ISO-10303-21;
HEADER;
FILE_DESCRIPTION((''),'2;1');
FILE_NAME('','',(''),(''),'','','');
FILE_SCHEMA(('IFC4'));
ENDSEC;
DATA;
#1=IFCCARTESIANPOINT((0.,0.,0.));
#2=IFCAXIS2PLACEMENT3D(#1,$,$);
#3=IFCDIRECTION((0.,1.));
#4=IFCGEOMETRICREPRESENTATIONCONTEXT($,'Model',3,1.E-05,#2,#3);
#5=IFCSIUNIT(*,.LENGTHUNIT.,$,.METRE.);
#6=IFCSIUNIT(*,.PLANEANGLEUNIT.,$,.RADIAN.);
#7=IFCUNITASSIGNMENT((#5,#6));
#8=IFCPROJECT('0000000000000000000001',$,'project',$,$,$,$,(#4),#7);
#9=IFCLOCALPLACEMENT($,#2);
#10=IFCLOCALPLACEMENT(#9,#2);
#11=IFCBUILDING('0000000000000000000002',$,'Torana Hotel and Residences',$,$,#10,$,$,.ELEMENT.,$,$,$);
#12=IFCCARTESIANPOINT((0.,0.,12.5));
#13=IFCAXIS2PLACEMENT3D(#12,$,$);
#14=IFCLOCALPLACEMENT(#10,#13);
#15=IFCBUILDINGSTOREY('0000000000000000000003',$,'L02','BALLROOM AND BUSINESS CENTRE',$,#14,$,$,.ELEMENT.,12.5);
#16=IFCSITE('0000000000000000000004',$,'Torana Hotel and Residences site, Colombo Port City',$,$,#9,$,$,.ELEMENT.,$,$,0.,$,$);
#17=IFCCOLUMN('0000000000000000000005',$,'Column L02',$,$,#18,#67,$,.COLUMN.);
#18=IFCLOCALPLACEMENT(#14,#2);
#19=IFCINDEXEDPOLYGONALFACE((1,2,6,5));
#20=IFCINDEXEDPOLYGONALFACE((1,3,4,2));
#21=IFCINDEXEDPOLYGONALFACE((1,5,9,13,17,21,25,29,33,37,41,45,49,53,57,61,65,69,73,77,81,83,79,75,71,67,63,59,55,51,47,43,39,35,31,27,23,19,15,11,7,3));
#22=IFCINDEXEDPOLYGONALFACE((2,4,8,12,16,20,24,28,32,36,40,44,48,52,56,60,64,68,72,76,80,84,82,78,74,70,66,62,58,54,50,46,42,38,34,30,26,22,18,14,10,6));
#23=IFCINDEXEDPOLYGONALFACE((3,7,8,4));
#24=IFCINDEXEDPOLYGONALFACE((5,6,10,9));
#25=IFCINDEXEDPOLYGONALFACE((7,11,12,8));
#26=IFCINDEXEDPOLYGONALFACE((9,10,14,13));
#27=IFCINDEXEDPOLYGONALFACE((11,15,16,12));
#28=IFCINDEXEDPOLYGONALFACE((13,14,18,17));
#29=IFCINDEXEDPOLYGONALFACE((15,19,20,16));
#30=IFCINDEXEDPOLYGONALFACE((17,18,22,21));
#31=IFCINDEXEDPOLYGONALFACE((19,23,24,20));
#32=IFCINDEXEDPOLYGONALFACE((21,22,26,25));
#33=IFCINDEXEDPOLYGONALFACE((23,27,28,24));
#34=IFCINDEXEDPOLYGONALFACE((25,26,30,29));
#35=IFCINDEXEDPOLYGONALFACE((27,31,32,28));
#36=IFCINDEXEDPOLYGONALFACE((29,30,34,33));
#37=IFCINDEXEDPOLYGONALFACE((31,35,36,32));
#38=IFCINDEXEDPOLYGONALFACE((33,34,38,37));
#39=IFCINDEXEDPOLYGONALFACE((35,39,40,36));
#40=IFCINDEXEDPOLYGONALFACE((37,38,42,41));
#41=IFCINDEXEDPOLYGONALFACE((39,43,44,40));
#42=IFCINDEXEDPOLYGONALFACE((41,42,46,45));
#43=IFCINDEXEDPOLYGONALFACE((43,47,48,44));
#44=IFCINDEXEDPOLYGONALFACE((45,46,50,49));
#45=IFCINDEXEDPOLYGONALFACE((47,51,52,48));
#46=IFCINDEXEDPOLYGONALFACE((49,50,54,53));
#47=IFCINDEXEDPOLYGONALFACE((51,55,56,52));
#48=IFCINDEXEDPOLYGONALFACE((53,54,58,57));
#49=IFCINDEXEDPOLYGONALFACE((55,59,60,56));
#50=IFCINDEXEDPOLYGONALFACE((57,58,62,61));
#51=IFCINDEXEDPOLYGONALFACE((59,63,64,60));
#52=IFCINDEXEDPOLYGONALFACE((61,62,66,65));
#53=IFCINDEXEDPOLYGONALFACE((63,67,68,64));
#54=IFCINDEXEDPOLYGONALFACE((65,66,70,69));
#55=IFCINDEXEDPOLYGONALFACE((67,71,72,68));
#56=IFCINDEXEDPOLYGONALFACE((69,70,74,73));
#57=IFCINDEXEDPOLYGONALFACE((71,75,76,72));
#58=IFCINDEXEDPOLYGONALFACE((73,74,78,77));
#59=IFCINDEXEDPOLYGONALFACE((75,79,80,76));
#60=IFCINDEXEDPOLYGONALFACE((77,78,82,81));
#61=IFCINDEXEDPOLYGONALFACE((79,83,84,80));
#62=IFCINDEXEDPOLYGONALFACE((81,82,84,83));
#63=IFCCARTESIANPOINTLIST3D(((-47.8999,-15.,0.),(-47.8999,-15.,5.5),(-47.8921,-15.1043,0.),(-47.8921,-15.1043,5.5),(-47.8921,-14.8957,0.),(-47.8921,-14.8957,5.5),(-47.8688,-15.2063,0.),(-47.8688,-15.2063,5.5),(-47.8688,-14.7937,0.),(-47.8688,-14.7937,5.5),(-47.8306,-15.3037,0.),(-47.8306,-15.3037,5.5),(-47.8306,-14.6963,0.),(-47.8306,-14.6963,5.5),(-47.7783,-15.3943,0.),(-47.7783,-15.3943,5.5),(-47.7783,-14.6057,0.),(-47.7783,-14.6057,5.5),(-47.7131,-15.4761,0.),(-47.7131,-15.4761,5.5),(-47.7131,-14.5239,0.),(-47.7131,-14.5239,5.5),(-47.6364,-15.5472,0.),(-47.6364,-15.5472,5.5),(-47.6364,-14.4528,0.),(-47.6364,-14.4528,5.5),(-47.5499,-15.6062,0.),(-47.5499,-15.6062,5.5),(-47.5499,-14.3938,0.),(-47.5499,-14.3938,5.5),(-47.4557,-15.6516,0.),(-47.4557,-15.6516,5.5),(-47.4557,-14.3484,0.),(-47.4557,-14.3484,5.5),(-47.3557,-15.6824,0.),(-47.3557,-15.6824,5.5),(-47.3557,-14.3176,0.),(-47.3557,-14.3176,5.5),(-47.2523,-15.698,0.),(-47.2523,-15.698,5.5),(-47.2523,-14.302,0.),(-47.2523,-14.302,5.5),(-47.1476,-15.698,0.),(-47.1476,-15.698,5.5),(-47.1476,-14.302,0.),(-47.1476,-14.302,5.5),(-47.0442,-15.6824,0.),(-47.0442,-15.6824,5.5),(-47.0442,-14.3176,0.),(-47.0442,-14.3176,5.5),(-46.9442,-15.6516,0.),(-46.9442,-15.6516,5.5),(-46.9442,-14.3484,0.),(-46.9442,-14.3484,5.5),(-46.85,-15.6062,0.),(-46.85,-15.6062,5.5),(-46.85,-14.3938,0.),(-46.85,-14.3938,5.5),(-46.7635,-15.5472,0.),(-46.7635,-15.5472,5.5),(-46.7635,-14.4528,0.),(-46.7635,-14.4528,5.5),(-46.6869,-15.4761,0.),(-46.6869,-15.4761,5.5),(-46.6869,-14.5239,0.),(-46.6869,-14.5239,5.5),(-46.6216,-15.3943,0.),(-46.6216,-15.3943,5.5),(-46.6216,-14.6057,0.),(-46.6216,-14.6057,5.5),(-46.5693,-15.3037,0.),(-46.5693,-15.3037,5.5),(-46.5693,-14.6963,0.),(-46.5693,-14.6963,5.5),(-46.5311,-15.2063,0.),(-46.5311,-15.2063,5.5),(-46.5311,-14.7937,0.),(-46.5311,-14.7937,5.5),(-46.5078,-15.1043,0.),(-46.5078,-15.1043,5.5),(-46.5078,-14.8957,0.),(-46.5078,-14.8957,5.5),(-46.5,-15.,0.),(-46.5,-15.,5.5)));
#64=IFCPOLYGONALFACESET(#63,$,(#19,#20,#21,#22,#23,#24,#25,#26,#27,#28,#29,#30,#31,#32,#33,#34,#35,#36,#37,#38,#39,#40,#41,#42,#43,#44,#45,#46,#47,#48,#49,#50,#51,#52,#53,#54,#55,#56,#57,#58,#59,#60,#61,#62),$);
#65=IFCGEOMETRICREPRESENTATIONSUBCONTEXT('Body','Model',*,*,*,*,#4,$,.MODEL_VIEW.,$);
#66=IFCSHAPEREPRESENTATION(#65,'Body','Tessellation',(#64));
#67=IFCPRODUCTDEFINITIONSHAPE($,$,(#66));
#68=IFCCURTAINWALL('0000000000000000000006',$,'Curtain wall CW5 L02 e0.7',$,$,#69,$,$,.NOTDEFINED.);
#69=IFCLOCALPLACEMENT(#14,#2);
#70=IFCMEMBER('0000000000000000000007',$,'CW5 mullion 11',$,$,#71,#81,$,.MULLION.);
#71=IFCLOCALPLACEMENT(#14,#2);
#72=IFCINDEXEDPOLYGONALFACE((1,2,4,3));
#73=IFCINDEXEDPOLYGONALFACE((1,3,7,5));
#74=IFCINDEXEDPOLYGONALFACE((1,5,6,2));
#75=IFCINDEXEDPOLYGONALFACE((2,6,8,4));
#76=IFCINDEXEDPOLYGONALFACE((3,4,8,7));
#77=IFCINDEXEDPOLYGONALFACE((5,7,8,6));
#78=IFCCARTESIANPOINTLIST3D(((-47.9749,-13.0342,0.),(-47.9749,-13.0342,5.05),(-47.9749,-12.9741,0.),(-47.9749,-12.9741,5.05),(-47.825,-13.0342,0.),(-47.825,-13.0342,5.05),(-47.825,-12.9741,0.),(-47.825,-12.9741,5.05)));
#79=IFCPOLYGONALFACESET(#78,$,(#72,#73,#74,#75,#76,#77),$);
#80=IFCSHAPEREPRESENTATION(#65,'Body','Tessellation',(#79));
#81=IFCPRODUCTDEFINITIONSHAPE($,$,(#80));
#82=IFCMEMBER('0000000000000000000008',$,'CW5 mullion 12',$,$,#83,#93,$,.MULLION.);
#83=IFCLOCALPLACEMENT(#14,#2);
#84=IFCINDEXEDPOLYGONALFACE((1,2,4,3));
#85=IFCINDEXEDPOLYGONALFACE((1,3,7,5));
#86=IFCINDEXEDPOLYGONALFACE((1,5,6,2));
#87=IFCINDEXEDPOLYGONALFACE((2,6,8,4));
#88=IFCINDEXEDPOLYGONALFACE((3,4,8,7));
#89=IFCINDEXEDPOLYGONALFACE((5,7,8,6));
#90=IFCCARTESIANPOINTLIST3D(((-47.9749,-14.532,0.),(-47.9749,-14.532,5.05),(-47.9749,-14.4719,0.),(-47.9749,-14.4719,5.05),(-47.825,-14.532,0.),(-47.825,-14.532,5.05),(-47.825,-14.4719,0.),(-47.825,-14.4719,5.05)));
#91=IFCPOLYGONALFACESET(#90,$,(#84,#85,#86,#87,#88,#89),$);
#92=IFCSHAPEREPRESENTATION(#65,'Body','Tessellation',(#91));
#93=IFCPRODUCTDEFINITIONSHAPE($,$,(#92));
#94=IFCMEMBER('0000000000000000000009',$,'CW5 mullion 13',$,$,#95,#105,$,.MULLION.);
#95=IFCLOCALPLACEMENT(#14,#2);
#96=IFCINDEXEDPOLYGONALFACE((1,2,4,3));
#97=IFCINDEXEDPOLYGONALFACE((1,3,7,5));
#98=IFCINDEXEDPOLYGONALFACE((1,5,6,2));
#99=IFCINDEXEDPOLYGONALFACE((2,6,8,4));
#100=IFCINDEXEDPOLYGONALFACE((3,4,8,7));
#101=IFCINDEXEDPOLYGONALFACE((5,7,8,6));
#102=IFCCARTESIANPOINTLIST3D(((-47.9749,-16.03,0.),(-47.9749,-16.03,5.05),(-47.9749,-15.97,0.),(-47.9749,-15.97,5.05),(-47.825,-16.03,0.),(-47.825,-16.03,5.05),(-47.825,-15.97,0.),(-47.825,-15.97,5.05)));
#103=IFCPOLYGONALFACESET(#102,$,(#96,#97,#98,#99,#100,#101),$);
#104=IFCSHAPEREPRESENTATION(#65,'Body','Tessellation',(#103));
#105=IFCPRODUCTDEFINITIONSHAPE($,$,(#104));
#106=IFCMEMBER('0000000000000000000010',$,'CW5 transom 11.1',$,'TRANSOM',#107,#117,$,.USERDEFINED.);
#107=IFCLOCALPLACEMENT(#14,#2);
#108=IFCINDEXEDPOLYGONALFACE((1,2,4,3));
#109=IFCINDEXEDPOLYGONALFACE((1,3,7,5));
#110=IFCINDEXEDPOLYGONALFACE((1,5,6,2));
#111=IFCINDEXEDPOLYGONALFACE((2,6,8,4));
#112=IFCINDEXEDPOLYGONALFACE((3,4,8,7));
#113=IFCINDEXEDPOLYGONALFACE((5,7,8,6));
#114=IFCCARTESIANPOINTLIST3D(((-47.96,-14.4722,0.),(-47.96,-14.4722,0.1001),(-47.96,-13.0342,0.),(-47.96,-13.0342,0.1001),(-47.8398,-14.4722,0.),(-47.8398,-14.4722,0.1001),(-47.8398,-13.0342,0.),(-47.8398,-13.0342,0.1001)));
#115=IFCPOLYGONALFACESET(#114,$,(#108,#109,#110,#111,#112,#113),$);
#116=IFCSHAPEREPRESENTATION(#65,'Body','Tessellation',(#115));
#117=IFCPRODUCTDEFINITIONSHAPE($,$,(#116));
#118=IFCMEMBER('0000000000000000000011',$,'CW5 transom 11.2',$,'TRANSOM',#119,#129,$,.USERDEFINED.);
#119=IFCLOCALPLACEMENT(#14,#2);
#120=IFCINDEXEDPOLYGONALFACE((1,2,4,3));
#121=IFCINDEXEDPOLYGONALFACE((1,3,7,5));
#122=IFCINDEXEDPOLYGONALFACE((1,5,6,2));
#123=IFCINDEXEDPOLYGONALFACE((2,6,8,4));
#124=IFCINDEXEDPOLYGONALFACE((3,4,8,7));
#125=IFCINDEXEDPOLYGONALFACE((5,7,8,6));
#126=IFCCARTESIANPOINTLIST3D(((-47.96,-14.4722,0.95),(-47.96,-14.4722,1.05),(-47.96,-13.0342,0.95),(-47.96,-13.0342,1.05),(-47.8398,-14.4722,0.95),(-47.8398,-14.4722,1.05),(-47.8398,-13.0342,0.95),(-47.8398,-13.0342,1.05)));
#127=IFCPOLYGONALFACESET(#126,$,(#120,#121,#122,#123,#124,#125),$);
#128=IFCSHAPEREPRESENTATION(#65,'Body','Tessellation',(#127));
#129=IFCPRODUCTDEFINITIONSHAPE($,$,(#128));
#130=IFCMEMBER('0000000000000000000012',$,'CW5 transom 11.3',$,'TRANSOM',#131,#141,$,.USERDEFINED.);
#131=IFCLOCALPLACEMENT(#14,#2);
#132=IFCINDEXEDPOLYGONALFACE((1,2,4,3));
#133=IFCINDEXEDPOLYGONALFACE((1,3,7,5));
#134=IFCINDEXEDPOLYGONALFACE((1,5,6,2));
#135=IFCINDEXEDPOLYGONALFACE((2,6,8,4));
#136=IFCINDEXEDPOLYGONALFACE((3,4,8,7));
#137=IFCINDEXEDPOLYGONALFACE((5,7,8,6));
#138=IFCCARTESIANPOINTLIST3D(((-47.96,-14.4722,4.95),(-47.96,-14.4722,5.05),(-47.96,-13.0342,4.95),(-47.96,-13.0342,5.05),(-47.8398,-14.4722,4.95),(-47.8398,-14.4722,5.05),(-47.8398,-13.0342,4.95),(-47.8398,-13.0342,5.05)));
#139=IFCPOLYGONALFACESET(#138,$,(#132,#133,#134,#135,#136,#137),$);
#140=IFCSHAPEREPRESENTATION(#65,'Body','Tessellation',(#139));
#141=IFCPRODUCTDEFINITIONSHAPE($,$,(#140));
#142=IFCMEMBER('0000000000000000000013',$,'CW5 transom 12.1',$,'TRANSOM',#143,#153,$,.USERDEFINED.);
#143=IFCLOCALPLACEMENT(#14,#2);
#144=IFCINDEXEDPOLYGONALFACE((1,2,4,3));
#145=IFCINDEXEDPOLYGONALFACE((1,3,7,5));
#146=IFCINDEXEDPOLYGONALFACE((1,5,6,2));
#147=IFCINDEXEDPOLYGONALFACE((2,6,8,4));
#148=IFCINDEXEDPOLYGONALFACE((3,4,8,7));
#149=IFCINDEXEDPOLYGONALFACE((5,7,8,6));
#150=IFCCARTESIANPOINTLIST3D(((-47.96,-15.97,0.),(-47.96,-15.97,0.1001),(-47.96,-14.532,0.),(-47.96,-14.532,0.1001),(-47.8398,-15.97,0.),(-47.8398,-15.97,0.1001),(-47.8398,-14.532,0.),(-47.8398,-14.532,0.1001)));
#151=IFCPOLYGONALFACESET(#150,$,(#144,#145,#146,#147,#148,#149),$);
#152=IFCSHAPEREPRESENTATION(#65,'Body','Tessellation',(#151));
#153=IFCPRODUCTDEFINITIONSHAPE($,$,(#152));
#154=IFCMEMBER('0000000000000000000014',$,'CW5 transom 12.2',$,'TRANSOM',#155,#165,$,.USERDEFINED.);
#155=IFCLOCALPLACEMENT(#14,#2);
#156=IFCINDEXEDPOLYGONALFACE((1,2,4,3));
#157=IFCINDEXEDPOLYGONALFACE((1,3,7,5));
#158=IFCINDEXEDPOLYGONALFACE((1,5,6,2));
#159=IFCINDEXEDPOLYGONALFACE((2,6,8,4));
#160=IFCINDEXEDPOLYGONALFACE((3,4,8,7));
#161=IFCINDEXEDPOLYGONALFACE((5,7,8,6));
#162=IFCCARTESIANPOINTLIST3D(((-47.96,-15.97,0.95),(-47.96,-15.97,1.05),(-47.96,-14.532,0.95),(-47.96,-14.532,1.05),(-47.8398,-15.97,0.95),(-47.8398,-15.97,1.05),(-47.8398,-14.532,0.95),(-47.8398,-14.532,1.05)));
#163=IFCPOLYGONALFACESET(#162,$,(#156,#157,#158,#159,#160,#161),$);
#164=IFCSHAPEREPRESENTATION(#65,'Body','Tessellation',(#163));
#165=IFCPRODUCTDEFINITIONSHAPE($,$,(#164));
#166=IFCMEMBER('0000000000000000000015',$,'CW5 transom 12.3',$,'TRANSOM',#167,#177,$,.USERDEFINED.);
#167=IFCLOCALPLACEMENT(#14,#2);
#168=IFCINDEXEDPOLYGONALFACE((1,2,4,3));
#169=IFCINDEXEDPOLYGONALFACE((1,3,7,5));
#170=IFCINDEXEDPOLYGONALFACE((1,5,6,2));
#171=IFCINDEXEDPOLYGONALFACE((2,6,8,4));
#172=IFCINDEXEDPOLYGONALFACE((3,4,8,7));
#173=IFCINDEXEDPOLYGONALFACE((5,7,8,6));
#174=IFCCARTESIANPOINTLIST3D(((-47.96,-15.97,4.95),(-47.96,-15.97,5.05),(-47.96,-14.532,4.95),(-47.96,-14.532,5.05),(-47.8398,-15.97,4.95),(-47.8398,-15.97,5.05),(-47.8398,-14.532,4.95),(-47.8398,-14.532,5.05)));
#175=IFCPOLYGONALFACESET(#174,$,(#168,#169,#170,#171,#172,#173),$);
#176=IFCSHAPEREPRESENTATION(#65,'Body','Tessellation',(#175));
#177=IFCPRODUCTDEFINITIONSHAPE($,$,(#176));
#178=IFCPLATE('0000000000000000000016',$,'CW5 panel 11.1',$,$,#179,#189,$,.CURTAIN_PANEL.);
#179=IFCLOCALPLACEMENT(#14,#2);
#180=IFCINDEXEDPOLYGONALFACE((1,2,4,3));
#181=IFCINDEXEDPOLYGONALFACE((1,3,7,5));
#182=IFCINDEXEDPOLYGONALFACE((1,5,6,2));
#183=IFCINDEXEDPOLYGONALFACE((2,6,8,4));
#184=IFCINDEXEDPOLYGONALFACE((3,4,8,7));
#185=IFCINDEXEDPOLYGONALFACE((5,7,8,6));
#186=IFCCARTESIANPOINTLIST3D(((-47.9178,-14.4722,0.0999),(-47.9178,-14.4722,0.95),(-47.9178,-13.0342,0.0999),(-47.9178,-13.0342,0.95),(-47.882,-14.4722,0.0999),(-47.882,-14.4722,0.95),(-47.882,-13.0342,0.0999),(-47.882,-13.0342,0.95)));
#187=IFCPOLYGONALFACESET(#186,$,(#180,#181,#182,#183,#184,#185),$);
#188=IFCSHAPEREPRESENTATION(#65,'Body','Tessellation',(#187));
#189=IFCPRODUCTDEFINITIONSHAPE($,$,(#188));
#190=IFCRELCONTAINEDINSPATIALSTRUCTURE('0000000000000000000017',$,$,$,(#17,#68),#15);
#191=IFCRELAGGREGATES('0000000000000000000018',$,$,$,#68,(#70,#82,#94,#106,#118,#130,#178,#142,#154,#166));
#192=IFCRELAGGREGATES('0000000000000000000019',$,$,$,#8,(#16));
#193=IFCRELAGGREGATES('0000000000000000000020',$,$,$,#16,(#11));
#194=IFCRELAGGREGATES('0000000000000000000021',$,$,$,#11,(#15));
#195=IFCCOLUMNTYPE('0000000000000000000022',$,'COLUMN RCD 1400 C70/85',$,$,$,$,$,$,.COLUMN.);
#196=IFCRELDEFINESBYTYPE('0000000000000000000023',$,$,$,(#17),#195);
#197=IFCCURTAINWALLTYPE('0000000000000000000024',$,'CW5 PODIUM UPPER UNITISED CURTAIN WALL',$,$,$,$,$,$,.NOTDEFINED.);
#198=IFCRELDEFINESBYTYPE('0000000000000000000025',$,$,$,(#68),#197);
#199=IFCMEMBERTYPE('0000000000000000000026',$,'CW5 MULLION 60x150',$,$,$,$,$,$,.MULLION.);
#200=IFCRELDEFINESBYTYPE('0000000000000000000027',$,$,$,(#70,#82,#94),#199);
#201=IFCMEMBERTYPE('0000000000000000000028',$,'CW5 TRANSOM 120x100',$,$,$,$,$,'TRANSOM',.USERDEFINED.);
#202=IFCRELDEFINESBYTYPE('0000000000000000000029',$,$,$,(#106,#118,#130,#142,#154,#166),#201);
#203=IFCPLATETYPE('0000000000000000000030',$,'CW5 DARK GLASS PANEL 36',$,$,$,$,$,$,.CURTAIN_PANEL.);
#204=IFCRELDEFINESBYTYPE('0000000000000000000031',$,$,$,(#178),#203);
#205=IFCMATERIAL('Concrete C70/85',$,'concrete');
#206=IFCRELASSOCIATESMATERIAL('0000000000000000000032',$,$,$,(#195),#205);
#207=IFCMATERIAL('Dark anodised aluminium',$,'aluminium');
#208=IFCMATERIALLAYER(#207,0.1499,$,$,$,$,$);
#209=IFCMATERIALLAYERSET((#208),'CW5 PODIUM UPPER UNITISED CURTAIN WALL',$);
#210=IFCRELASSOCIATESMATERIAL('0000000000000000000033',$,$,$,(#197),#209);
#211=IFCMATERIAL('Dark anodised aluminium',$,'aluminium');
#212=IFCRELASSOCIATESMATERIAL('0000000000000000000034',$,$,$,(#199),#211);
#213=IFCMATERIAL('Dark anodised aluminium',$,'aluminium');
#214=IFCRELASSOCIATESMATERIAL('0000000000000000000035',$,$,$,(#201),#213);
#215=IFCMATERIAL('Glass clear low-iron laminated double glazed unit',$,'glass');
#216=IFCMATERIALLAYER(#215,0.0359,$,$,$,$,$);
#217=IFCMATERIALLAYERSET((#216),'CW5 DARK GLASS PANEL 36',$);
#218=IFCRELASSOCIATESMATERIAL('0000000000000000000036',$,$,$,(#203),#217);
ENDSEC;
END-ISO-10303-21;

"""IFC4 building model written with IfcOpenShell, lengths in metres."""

from ifc_helpers import new_model, si_unit, direction, frame, origin, origin_2d, place, context, subcontext, project, spatial, rectangle, circle, extrude, material, layer, layer_set, material_profile, profile_set, type_object, element, aggregate, save


model = new_model("IFC4")

# Units and contexts
model_context = context("Model", 3, precision=1e-05, world=origin(), true_north=direction((0.0, 1.0)))
body_context = subcontext(model_context, "Body", "Model", "MODEL_VIEW")
ifc_project = project(units=[si_unit("LENGTHUNIT", "METRE"), si_unit("PLANEANGLEUNIT", "RADIAN")], contexts=[model_context])

# Site, building, storey
site_placement = place(None, origin())
site = spatial("IfcSite", under=ifc_project, at=site_placement, Name="Torana Hotel and Residences site, Colombo Port City", CompositionType="ELEMENT", RefElevation=0.0)
building_placement = place(site_placement, origin())
building = spatial("IfcBuilding", under=site, at=building_placement, Name="Torana Hotel and Residences", CompositionType="ELEMENT")
storey_placement = place(building_placement, frame((0.0, 0.0, 12.5)))
storey = spatial("IfcBuildingStorey", under=building, at=storey_placement, Name="L02", Description="BALLROOM AND BUSINESS CENTRE", CompositionType="ELEMENT", Elevation=12.5)

# Column
ifc_material_1 = material(Name="Concrete C70/85", Category="concrete")
ifc_material_profile_1 = material_profile(ifc_material_1, circle(Radius=0.7, at=origin_2d()), Name="RCD 1400")
ifc_profile_set_1 = profile_set([ifc_material_profile_1], Name="Concrete C70/85")
column_type = type_object("IfcColumnType", Name="COLUMN RCD 1400 C70/85", PredefinedType="COLUMN", material=ifc_profile_set_1)
column_placement = place(storey_placement, frame((-47.2, -15.0, 0.0), z_axis=(0.0, 0.0, 1.0), x_axis=(1.0, 0.0, 0.0)))
element("IfcColumn", 1, at=column_placement, inside=storey, type_object=column_type, Name="Column L02", PredefinedType="COLUMN", context=body_context, shape_type="SweptSolid", body=[
    extrude(circle(Radius=0.7, at=origin_2d()), origin(), (0.0, 0.0, 1.0), 5.5),
])

# Curtain wall, members, plate
ifc_material_2 = material(Name="Dark anodised aluminium", Category="aluminium")
ifc_layer_1 = layer(ifc_material_2, 0.1499)
ifc_layer_set_1 = layer_set([ifc_layer_1], Name="CW5 PODIUM UPPER UNITISED CURTAIN WALL")
curtain_wall_type = type_object("IfcCurtainWallType", Name="CW5 PODIUM UPPER UNITISED CURTAIN WALL", PredefinedType="NOTDEFINED", material=ifc_layer_set_1)
curtain_wall_placement = place(storey_placement, origin())
curtain_wall = element("IfcCurtainWall", 2, at=curtain_wall_placement, inside=storey, type_object=curtain_wall_type, Name="Curtain wall CW5 L02 e0.7", PredefinedType="NOTDEFINED")
ifc_material_3 = material(Name="Dark anodised aluminium", Category="aluminium")
ifc_material_profile_2 = material_profile(ifc_material_3, rectangle(XDim=0.1499, YDim=0.0601, at=origin_2d()), Name="CW5 MULLION 60x150")
ifc_profile_set_2 = profile_set([ifc_material_profile_2], Name="Dark anodised aluminium")
member_type_1 = type_object("IfcMemberType", Name="CW5 MULLION 60x150", PredefinedType="MULLION", material=ifc_profile_set_2)
member_1_placement = place(storey_placement, frame((-47.8999, -13.0042, 0.0), z_axis=(0.0, 0.0, 1.0), x_axis=(1.0, 0.0, 0.0)))
member_1 = element("IfcMember", 3, at=member_1_placement, type_object=member_type_1, Name="CW5 mullion 11", PredefinedType="MULLION", context=body_context, shape_type="SweptSolid", body=[
    extrude(rectangle(XDim=0.1499, YDim=0.0601, at=origin_2d()), origin(), (0.0, 0.0, 1.0), 5.05),
])
member_2_placement = place(storey_placement, frame((-47.8999, -14.502, 0.0), z_axis=(0.0, 0.0, 1.0), x_axis=(1.0, 0.0, 0.0)))
member_2 = element("IfcMember", 4, at=member_2_placement, type_object=member_type_1, Name="CW5 mullion 12", PredefinedType="MULLION", context=body_context, shape_type="SweptSolid", body=[
    extrude(rectangle(XDim=0.1499, YDim=0.0601, at=origin_2d()), origin(), (0.0, 0.0, 1.0), 5.05),
])
member_3_placement = place(storey_placement, frame((-47.8999, -16.0, 0.0), z_axis=(0.0, 0.0, 1.0), x_axis=(1.0, 0.0, 0.0)))
member_3 = element("IfcMember", 5, at=member_3_placement, type_object=member_type_1, Name="CW5 mullion 13", PredefinedType="MULLION", context=body_context, shape_type="SweptSolid", body=[
    extrude(rectangle(XDim=0.1499, YDim=0.0601, at=origin_2d()), origin(), (0.0, 0.0, 1.0), 5.05),
])
ifc_material_4 = material(Name="Dark anodised aluminium", Category="aluminium")
ifc_material_profile_3 = material_profile(ifc_material_4, rectangle(XDim=0.1201, YDim=0.1001, at=origin_2d()), Name="CW5 TRANSOM 120x100")
ifc_profile_set_3 = profile_set([ifc_material_profile_3], Name="Dark anodised aluminium")
member_type_2 = type_object("IfcMemberType", Name="CW5 TRANSOM 120x100", ElementType="TRANSOM", PredefinedType="USERDEFINED", material=ifc_profile_set_3)
member_4_placement = place(storey_placement, frame((-47.8999, -13.0342, 0.05), z_axis=(0.0, -1.0, 0.0), x_axis=(1.0, 0.0, 0.0)))
member_4 = element("IfcMember", 6, at=member_4_placement, type_object=member_type_2, Name="CW5 transom 11.1", ObjectType="TRANSOM", PredefinedType="USERDEFINED", context=body_context, shape_type="SweptSolid", body=[
    extrude(rectangle(XDim=0.1201, YDim=0.1001, at=origin_2d()), origin(), (0.0, 0.0, 1.0), 1.438),
])
member_5_placement = place(storey_placement, frame((-47.8999, -13.0342, 1.0), z_axis=(0.0, -1.0, 0.0), x_axis=(1.0, 0.0, 0.0)))
member_5 = element("IfcMember", 7, at=member_5_placement, type_object=member_type_2, Name="CW5 transom 11.2", ObjectType="TRANSOM", PredefinedType="USERDEFINED", context=body_context, shape_type="SweptSolid", body=[
    extrude(rectangle(XDim=0.1201, YDim=0.1001, at=origin_2d()), origin(), (0.0, 0.0, 1.0), 1.438),
])
member_6_placement = place(storey_placement, frame((-47.8999, -13.0342, 5.0), z_axis=(0.0, -1.0, 0.0), x_axis=(1.0, 0.0, 0.0)))
member_6 = element("IfcMember", 8, at=member_6_placement, type_object=member_type_2, Name="CW5 transom 11.3", ObjectType="TRANSOM", PredefinedType="USERDEFINED", context=body_context, shape_type="SweptSolid", body=[
    extrude(rectangle(XDim=0.1201, YDim=0.1001, at=origin_2d()), origin(), (0.0, 0.0, 1.0), 1.438),
])
member_7_placement = place(storey_placement, frame((-47.8999, -14.532, 0.05), z_axis=(0.0, -1.0, 0.0), x_axis=(1.0, 0.0, 0.0)))
member_7 = element("IfcMember", 9, at=member_7_placement, type_object=member_type_2, Name="CW5 transom 12.1", ObjectType="TRANSOM", PredefinedType="USERDEFINED", context=body_context, shape_type="SweptSolid", body=[
    extrude(rectangle(XDim=0.1201, YDim=0.1001, at=origin_2d()), origin(), (0.0, 0.0, 1.0), 1.438),
])
member_8_placement = place(storey_placement, frame((-47.8999, -14.532, 1.0), z_axis=(0.0, -1.0, 0.0), x_axis=(1.0, 0.0, 0.0)))
member_8 = element("IfcMember", 10, at=member_8_placement, type_object=member_type_2, Name="CW5 transom 12.2", ObjectType="TRANSOM", PredefinedType="USERDEFINED", context=body_context, shape_type="SweptSolid", body=[
    extrude(rectangle(XDim=0.1201, YDim=0.1001, at=origin_2d()), origin(), (0.0, 0.0, 1.0), 1.438),
])
member_9_placement = place(storey_placement, frame((-47.8999, -14.532, 5.0), z_axis=(0.0, -1.0, 0.0), x_axis=(1.0, 0.0, 0.0)))
member_9 = element("IfcMember", 11, at=member_9_placement, type_object=member_type_2, Name="CW5 transom 12.3", ObjectType="TRANSOM", PredefinedType="USERDEFINED", context=body_context, shape_type="SweptSolid", body=[
    extrude(rectangle(XDim=0.1201, YDim=0.1001, at=origin_2d()), origin(), (0.0, 0.0, 1.0), 1.438),
])
ifc_material_5 = material(Name="Glass clear low-iron laminated double glazed unit", Category="glass")
ifc_layer_2 = layer(ifc_material_5, 0.0359)
ifc_layer_set_2 = layer_set([ifc_layer_2], Name="CW5 DARK GLASS PANEL 36")
plate_type = type_object("IfcPlateType", Name="CW5 DARK GLASS PANEL 36", PredefinedType="CURTAIN_PANEL", material=ifc_layer_set_2)
plate_1_placement = place(storey_placement, frame((-47.8999, -13.7532, 0.0999), z_axis=(0.0, 0.0, 1.0), x_axis=(0.0, -1.0, 0.0)))
plate_1 = element("IfcPlate", 12, at=plate_1_placement, type_object=plate_type, Name="CW5 panel 11.1", PredefinedType="CURTAIN_PANEL", context=body_context, shape_type="SweptSolid", body=[
    extrude(rectangle(XDim=1.438, YDim=0.0359, at=origin_2d()), origin(), (0.0, 0.0, 1.0), 0.8501),
])
aggregate(curtain_wall, [member_1, member_2, member_3, member_4, member_5, member_6, plate_1, member_7, member_8, member_9])

save(model, "model.ifc")
